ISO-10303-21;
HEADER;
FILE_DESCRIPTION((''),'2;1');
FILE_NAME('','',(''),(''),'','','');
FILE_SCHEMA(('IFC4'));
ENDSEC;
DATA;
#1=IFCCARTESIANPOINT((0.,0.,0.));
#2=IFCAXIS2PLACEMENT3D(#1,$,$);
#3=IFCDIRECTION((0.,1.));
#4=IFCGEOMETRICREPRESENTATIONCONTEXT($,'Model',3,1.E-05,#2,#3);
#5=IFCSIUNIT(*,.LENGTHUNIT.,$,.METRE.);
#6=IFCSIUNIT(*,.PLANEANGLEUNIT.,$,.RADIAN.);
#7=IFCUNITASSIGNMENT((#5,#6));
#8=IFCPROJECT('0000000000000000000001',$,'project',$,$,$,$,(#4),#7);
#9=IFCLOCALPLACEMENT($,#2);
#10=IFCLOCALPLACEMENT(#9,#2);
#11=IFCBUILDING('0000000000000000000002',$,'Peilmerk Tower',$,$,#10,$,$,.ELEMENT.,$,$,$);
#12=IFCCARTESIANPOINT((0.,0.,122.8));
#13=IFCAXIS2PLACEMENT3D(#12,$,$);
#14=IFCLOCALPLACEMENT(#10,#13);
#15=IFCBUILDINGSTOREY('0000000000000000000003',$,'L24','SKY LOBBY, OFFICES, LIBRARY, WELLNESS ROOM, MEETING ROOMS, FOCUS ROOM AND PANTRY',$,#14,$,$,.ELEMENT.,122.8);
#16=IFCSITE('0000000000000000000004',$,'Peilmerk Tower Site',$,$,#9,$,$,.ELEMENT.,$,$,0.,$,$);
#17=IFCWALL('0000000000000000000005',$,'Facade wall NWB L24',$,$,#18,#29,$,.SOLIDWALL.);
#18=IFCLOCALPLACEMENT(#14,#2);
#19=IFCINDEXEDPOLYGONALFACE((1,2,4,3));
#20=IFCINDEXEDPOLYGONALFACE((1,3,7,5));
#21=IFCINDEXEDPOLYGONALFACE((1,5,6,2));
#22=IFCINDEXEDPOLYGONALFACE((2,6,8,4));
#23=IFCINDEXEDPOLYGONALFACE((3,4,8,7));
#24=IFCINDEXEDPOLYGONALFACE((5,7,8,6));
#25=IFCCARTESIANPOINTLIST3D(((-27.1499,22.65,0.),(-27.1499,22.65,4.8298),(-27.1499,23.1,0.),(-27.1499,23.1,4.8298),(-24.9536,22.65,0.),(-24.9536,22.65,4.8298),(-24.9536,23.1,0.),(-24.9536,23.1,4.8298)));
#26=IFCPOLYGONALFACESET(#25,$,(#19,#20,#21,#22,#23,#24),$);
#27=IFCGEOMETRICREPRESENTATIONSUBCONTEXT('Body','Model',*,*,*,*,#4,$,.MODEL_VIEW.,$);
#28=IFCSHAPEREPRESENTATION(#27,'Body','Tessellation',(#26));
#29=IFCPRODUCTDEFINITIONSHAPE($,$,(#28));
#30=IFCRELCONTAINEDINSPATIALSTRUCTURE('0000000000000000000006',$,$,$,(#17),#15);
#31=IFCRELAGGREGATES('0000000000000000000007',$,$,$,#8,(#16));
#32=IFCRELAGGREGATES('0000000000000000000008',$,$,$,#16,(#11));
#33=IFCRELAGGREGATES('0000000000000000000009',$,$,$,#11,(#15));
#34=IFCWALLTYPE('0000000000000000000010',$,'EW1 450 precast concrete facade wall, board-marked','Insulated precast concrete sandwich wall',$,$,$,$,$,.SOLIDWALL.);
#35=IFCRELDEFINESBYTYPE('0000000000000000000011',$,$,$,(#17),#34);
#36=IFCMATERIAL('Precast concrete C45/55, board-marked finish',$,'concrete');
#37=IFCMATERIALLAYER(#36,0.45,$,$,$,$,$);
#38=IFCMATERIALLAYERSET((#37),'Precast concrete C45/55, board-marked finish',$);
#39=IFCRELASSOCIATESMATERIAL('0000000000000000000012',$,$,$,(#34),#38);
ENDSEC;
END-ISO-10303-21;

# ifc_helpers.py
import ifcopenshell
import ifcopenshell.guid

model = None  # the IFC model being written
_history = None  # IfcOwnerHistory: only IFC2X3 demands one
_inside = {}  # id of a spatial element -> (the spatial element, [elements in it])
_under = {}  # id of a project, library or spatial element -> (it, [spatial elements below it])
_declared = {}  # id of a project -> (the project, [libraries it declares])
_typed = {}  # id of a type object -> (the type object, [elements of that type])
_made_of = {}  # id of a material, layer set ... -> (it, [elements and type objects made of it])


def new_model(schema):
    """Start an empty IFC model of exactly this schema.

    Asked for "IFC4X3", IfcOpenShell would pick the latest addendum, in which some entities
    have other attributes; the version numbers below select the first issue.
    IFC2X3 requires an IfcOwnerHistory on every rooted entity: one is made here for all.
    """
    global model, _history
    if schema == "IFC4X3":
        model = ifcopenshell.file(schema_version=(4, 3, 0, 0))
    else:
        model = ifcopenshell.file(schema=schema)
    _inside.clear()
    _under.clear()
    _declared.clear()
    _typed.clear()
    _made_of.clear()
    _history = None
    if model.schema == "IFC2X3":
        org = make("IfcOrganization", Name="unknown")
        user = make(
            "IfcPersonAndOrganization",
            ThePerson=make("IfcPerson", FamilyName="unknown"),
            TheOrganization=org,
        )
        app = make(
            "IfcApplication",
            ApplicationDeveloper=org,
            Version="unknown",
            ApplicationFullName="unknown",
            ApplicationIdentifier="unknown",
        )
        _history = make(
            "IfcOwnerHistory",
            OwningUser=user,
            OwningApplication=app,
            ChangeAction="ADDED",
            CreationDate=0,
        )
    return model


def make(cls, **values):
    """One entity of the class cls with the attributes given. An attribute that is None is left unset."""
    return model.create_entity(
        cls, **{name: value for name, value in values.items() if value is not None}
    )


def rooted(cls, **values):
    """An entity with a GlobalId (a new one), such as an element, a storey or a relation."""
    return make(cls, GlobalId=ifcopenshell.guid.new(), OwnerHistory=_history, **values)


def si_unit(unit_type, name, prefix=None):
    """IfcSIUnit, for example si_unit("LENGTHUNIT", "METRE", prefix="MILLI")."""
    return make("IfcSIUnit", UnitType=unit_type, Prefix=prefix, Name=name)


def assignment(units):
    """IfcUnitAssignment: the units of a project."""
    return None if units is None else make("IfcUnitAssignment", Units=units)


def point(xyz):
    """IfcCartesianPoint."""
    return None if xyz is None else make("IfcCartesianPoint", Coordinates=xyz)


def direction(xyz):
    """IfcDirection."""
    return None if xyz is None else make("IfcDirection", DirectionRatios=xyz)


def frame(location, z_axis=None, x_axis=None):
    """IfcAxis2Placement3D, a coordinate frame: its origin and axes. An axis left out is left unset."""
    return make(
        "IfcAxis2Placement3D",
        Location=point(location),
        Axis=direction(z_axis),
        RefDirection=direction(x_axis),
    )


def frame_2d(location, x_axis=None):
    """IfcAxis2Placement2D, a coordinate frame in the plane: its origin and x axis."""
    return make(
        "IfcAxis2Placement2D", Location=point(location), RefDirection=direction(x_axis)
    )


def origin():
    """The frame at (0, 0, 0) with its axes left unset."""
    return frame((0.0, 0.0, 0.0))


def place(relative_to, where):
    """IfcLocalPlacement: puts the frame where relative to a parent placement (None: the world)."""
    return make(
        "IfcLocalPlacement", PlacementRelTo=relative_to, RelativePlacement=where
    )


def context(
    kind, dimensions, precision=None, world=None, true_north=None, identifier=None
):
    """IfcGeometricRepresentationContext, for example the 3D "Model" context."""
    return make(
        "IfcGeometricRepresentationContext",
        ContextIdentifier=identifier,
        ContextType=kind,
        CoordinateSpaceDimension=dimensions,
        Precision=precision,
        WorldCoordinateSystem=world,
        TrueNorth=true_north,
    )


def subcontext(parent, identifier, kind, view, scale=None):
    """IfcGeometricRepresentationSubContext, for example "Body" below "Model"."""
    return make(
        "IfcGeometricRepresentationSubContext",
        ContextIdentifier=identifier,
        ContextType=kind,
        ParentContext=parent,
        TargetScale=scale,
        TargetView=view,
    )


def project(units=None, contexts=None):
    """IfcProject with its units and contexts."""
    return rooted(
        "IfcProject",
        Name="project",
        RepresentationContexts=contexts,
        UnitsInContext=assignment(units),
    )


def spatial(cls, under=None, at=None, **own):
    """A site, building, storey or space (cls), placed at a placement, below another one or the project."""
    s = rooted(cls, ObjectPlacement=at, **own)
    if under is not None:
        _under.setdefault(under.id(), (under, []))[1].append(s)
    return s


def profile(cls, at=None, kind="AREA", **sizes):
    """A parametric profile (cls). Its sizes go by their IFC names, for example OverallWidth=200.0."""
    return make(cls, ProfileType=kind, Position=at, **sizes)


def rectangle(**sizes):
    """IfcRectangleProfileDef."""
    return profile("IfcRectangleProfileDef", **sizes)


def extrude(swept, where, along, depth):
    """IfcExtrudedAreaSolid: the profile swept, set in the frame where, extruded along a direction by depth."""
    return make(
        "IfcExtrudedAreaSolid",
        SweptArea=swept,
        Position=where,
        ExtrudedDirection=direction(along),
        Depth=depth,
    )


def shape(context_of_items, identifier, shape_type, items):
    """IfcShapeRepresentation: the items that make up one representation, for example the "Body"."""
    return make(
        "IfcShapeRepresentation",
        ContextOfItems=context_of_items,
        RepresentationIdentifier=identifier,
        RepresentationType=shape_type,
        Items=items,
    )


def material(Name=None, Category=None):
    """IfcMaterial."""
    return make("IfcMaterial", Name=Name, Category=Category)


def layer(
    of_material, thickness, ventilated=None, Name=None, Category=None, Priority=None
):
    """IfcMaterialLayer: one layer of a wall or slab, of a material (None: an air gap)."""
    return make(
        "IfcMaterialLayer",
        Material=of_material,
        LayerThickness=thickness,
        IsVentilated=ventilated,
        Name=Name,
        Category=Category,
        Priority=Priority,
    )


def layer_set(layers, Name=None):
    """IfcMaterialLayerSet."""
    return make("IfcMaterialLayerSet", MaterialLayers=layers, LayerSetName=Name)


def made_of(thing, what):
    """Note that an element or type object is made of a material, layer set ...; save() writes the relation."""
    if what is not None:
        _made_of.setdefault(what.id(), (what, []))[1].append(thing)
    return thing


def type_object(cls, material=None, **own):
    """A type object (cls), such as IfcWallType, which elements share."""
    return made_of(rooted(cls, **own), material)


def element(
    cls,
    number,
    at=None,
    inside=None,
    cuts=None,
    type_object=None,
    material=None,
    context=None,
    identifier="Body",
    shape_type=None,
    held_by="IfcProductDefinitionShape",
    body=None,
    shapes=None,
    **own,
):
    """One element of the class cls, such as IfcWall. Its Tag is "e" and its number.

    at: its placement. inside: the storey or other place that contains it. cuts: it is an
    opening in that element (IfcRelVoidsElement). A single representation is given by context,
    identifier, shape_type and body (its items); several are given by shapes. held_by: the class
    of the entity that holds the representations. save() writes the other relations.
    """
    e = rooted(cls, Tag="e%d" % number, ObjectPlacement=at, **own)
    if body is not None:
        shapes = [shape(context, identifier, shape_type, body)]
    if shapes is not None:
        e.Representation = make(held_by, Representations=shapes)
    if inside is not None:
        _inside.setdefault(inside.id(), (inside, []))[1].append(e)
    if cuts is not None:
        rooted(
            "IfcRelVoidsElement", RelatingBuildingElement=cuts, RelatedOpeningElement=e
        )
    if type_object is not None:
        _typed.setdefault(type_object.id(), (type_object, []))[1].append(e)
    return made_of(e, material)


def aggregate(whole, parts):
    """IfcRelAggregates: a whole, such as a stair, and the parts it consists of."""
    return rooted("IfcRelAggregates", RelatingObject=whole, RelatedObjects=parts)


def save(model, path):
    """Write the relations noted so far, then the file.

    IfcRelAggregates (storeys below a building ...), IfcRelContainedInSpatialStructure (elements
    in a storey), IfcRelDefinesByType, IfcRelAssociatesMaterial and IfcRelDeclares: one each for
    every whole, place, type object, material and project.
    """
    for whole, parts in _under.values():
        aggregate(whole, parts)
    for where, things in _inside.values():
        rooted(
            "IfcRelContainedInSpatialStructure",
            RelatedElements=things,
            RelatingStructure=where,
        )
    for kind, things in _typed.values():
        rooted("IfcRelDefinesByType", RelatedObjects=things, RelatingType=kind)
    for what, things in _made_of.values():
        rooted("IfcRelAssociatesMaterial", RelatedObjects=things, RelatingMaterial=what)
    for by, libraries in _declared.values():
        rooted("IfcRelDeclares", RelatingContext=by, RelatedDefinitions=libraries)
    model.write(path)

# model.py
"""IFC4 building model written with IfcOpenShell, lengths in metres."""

from ifc_helpers import new_model, si_unit, direction, frame, frame_2d, origin, place, context, subcontext, project, spatial, rectangle, extrude, material, layer, layer_set, type_object, element, save


model = new_model("IFC4")

# Units and contexts
model_context = context("Model", 3, precision=1e-05, world=origin(), true_north=direction((0.0, 1.0)))
body_context = subcontext(model_context, "Body", "Model", "MODEL_VIEW")
ifc_project = project(units=[si_unit("LENGTHUNIT", "METRE"), si_unit("PLANEANGLEUNIT", "RADIAN")], contexts=[model_context])

# Site, building, storey
site_placement = place(None, origin())
site = spatial("IfcSite", under=ifc_project, at=site_placement, Name="Peilmerk Tower Site", CompositionType="ELEMENT", RefElevation=0.0)
building_placement = place(site_placement, origin())
building = spatial("IfcBuilding", under=site, at=building_placement, Name="Peilmerk Tower", CompositionType="ELEMENT")
storey_placement = place(building_placement, frame((0.0, 0.0, 122.8)))
storey = spatial("IfcBuildingStorey", under=building, at=storey_placement, Name="L24", Description="SKY LOBBY, OFFICES, LIBRARY, WELLNESS ROOM, MEETING ROOMS, FOCUS ROOM AND PANTRY", CompositionType="ELEMENT", Elevation=122.8)

# Shared definitions
ifc_material_1 = material(Name="Precast concrete C45/55, board-marked finish", Category="concrete")
ifc_layer_1 = layer(ifc_material_1, 0.45)
ifc_layer_set_1 = layer_set([ifc_layer_1], Name="Precast concrete C45/55, board-marked finish")
wall_type = type_object("IfcWallType", Name="EW1 450 precast concrete facade wall, board-marked", Description="Insulated precast concrete sandwich wall", PredefinedType="SOLIDWALL", material=ifc_layer_set_1)

# Wall
wall_1_placement = place(storey_placement, frame((-24.9536, 22.875, 0.0), z_axis=(0.0, 0.0, 1.0), x_axis=(-1.0, 0.0, 0.0)))
element("IfcWall", 1, at=wall_1_placement, inside=storey, type_object=wall_type, Name="Facade wall NWB L24", PredefinedType="SOLIDWALL", context=body_context, shape_type="SweptSolid", body=[
    extrude(rectangle(XDim=2.1963, YDim=0.45, at=frame_2d((1.0981, 0.0))), origin(), (0.0, 0.0, 1.0), 4.8298),
])

save(model, "model.ifc")
